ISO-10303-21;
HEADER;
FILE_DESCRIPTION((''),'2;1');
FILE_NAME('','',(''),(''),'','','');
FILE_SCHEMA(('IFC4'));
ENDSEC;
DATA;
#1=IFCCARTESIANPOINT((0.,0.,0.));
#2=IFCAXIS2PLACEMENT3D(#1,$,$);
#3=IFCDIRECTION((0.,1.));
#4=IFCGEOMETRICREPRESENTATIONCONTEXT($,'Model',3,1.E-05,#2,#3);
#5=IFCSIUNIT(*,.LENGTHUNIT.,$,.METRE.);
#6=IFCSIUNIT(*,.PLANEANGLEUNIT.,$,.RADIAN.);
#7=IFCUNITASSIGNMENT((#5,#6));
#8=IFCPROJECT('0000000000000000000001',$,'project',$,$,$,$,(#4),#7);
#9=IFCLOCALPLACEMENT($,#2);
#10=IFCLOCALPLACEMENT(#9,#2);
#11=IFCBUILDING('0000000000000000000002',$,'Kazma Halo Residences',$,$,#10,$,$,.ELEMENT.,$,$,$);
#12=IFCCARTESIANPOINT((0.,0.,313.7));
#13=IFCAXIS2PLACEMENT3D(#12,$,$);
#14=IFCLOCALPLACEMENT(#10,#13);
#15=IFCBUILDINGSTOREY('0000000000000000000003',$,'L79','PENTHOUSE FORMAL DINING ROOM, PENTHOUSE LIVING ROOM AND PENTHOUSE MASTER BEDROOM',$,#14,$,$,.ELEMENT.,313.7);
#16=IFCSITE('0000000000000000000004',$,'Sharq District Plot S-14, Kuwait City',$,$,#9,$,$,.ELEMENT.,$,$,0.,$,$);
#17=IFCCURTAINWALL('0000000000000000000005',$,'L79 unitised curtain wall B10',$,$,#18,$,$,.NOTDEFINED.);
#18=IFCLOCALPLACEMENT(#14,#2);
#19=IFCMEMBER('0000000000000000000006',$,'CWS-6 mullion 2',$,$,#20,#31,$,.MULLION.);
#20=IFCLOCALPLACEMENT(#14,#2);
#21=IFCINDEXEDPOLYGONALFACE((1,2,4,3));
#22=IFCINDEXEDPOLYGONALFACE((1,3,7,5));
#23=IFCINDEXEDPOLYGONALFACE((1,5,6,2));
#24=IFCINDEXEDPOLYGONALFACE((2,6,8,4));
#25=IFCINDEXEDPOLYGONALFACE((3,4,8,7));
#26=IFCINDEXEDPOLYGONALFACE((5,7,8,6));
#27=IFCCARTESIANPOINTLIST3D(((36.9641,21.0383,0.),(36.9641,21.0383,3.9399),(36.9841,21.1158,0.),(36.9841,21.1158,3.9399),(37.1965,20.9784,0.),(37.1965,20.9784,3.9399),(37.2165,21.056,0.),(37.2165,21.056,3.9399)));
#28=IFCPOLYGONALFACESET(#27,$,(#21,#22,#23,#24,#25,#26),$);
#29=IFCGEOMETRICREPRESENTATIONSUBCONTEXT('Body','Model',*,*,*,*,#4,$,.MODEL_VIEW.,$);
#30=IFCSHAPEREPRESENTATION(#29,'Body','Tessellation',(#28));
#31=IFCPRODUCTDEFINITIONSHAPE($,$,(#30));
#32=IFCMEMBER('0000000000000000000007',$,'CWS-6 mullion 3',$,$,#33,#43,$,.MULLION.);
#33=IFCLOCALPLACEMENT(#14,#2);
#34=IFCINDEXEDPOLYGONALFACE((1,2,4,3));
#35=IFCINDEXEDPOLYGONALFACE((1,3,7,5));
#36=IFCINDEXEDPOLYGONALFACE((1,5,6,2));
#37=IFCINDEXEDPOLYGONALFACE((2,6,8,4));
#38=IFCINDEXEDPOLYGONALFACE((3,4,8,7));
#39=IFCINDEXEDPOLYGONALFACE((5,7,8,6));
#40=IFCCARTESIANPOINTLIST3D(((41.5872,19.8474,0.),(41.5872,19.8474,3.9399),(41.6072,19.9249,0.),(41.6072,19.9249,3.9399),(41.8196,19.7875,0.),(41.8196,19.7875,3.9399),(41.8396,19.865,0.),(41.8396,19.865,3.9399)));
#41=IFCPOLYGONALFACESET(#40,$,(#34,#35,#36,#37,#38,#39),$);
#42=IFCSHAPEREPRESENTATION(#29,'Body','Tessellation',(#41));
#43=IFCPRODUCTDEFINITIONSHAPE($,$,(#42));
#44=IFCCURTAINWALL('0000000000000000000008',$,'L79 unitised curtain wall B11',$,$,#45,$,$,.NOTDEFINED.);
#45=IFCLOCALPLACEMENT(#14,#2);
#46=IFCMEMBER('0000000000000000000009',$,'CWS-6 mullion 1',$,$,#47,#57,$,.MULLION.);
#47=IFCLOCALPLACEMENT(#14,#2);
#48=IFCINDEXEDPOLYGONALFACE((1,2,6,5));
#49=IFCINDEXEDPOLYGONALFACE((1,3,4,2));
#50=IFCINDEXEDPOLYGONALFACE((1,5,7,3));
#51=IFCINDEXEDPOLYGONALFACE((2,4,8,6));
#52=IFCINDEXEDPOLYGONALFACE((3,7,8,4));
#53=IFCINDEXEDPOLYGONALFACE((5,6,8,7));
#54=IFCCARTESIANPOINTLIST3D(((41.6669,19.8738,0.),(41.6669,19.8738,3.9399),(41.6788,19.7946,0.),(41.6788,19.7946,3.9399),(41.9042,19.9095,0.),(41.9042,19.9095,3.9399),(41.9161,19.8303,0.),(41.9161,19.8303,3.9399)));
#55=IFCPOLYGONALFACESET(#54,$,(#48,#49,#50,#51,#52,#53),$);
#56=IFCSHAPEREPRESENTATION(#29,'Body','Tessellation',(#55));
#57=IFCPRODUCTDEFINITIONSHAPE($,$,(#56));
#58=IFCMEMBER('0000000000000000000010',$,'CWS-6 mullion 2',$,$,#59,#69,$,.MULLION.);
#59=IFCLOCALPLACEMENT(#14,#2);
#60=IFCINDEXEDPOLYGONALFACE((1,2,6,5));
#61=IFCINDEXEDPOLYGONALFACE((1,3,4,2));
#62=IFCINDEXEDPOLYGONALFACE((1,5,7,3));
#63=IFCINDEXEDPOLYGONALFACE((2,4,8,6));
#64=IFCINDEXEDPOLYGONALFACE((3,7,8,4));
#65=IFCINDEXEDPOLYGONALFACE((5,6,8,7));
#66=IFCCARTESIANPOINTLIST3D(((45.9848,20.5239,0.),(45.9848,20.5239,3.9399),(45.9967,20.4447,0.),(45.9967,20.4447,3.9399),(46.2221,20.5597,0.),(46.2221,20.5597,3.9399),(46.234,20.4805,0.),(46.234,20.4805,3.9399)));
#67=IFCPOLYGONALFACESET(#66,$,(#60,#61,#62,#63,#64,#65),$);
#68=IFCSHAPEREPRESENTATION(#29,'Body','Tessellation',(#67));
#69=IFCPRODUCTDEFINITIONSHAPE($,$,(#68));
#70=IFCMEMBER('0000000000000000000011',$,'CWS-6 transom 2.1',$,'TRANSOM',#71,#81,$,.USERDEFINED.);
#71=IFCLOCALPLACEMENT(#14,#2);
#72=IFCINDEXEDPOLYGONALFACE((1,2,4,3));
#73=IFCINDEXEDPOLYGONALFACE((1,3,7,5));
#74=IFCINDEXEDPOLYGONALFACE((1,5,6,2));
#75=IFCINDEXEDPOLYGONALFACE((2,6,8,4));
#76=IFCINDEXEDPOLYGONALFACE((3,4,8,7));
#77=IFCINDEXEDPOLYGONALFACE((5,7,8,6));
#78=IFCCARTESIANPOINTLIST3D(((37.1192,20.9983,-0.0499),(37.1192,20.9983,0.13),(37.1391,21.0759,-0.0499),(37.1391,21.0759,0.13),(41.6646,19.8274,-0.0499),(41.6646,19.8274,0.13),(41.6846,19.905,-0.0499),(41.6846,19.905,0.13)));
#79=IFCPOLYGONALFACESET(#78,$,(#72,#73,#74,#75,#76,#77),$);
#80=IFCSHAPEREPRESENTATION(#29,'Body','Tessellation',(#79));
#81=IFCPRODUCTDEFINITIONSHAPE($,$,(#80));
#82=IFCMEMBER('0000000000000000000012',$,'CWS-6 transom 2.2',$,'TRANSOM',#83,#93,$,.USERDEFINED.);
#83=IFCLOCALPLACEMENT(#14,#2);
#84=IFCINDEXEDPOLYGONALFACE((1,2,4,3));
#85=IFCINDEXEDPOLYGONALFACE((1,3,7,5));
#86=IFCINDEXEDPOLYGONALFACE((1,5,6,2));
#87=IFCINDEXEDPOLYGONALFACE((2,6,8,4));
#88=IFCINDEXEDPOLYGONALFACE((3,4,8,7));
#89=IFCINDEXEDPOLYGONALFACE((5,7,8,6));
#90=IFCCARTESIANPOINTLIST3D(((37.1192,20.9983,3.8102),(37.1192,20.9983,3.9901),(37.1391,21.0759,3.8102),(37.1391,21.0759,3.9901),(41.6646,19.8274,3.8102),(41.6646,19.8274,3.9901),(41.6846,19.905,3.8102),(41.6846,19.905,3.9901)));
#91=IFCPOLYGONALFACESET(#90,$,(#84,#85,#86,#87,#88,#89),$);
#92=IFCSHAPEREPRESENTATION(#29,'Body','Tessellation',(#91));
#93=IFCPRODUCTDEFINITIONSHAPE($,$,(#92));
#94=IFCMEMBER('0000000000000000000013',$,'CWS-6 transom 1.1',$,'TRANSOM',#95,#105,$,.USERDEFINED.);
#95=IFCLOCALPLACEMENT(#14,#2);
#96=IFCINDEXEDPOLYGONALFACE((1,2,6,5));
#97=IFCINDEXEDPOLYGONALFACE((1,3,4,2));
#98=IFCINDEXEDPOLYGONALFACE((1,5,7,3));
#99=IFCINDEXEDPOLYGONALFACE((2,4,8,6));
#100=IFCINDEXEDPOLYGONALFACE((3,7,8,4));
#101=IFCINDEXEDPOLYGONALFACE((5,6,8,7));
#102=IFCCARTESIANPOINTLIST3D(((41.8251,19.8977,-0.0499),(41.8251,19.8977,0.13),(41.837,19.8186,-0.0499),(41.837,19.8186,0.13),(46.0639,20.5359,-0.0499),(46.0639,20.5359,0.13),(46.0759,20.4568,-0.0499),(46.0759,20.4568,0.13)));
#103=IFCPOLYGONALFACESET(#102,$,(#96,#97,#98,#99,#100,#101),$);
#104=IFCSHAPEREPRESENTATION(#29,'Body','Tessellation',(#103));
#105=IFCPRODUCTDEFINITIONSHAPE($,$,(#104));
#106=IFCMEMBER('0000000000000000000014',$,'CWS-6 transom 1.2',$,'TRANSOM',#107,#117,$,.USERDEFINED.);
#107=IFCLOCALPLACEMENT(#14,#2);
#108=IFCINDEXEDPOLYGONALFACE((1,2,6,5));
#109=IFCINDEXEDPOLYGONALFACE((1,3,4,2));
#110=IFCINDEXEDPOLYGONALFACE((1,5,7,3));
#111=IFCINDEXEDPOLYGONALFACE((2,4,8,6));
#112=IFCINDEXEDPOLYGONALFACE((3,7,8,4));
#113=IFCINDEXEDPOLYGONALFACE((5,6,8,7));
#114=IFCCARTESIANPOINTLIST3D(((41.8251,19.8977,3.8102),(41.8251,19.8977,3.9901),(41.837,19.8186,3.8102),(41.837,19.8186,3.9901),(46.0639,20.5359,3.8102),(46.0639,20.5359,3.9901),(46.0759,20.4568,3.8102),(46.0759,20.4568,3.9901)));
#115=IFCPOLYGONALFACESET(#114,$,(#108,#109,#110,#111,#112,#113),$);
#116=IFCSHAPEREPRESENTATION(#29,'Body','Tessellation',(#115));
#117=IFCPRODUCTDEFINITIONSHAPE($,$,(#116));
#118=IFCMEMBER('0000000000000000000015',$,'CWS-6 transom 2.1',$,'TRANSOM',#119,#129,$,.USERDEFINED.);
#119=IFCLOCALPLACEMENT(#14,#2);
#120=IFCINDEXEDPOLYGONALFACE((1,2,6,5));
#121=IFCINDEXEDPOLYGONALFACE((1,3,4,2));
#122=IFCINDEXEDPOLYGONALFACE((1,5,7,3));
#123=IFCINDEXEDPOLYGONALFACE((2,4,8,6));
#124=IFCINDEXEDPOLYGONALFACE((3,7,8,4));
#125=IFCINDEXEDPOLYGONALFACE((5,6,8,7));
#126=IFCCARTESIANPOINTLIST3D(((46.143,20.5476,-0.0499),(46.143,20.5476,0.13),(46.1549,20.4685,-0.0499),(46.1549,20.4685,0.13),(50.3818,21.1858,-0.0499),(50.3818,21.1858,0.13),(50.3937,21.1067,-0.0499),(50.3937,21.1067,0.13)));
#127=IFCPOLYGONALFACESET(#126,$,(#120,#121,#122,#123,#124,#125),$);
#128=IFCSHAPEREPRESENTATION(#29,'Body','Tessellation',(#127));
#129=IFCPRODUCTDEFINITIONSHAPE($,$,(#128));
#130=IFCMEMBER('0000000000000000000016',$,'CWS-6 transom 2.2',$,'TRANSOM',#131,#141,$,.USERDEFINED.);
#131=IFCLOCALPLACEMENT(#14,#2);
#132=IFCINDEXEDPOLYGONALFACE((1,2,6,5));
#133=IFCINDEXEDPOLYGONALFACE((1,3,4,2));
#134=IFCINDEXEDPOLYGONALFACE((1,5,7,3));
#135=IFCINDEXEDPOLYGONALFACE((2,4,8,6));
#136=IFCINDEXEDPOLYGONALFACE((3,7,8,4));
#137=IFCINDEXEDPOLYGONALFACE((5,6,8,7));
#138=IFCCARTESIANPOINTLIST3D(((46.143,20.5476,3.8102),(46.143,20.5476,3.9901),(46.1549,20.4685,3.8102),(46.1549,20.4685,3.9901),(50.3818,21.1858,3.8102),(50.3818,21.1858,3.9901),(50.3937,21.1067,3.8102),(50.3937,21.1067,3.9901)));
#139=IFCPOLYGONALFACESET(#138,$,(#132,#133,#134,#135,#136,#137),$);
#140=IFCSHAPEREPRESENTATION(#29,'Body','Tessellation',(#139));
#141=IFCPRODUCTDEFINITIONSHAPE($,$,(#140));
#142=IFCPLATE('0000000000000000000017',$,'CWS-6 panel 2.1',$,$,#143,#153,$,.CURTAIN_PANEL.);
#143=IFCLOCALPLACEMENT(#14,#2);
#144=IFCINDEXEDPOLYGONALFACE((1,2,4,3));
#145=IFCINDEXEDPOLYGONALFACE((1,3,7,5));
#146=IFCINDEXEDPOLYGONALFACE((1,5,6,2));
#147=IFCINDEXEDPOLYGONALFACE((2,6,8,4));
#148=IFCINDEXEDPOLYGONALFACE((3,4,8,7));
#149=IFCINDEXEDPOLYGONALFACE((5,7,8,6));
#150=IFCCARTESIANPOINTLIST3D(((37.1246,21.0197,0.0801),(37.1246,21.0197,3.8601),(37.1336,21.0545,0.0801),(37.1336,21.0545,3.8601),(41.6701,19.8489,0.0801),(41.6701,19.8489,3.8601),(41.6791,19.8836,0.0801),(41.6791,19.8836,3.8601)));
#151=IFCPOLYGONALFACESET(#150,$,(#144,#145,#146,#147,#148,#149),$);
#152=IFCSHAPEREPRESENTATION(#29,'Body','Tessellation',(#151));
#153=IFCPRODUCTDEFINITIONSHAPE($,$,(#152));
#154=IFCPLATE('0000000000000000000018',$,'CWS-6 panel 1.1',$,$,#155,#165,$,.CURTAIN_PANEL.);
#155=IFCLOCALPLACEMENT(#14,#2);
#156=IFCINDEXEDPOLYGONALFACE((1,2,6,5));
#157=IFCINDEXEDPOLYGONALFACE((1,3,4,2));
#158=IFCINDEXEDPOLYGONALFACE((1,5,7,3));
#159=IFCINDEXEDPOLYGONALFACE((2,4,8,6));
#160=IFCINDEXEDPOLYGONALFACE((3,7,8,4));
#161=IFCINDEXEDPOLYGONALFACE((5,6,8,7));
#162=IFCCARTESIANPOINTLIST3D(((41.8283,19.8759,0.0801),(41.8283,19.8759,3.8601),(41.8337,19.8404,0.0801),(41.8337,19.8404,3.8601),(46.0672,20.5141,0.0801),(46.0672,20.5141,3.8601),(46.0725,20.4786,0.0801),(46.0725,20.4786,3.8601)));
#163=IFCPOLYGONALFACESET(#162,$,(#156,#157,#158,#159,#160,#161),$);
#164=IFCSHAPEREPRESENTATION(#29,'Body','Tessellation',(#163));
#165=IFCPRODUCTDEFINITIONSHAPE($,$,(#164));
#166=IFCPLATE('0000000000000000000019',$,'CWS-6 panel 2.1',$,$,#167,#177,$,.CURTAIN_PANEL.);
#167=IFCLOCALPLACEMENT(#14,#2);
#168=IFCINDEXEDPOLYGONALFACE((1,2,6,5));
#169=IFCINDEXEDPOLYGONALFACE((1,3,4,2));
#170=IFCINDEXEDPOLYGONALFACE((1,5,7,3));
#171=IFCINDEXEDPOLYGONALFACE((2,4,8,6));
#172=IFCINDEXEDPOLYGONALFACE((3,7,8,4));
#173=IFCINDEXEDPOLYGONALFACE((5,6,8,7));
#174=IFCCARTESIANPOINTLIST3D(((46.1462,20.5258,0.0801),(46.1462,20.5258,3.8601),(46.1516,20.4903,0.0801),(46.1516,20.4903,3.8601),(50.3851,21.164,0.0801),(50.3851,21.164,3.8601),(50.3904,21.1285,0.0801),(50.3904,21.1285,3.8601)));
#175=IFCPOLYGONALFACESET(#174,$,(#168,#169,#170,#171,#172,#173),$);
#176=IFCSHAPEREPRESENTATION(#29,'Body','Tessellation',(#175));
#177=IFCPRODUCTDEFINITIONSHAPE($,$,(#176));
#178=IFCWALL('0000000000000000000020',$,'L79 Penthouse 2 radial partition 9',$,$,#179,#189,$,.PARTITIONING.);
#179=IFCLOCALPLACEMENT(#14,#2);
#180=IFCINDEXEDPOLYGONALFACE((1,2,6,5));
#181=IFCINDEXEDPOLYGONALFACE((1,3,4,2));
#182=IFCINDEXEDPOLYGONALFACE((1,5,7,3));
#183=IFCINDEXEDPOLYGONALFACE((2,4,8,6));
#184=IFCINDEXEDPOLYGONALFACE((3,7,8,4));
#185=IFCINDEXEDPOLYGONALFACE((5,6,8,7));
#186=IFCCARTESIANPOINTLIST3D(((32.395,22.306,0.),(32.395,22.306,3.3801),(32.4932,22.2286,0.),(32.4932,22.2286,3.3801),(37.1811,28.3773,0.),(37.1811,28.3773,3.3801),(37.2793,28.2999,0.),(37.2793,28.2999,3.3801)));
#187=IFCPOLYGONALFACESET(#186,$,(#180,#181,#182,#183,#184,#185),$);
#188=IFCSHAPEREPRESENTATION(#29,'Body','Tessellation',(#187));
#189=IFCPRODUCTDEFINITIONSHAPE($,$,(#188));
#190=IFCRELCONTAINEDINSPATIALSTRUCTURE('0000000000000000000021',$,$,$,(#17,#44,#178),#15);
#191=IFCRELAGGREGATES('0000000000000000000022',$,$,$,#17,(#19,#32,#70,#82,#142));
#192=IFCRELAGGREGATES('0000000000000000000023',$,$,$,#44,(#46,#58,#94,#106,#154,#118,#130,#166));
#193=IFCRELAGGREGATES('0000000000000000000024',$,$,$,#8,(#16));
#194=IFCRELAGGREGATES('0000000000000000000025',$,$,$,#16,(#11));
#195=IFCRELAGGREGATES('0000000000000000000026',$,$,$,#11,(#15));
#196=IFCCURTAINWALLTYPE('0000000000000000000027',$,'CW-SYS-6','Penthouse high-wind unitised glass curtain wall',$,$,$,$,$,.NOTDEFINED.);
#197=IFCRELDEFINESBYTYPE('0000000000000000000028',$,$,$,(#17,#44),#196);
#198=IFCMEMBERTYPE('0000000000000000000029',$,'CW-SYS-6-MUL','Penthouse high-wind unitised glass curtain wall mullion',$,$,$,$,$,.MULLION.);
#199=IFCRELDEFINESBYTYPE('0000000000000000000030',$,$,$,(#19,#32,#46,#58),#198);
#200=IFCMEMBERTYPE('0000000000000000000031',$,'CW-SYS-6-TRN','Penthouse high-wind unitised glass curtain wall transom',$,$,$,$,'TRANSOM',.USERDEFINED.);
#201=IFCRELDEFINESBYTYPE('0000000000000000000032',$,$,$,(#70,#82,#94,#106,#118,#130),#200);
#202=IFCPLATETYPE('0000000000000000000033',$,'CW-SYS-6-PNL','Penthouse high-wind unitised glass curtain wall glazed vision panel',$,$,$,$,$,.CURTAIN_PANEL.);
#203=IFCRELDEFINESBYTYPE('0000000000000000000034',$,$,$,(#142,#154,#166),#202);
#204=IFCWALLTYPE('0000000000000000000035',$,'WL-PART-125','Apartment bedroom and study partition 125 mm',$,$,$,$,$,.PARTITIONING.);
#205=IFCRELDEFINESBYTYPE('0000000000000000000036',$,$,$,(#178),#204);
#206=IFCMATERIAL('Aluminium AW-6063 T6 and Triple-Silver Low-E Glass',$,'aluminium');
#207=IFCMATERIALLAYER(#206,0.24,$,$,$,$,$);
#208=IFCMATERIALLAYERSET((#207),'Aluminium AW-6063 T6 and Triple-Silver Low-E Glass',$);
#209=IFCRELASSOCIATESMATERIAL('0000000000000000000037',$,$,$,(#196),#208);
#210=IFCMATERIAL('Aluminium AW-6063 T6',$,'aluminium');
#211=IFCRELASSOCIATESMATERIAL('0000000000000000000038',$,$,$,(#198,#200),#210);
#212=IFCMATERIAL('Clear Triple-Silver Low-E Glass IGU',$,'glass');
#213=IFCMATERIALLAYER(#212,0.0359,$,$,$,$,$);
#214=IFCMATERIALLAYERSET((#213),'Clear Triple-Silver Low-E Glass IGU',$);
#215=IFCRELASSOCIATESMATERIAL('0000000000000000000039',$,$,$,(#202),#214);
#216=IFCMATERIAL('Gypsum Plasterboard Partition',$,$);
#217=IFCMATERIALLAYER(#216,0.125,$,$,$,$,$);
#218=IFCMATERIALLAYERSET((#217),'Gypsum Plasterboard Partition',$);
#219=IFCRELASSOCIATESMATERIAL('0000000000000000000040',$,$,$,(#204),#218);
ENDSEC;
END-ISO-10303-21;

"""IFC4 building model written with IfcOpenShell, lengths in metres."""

from ifc_helpers import new_model, si_unit, direction, frame, frame_2d, origin, origin_2d, place, context, subcontext, project, spatial, rectangle, extrude, material, layer, layer_set, material_profile, profile_set, type_object, element, aggregate, save


model = new_model("IFC4")

# Units and contexts
model_context = context("Model", 3, precision=1e-05, world=origin(), true_north=direction((0.0, 1.0)))
body_context = subcontext(model_context, "Body", "Model", "MODEL_VIEW")
ifc_project = project(units=[si_unit("LENGTHUNIT", "METRE"), si_unit("PLANEANGLEUNIT", "RADIAN")], contexts=[model_context])

# Site, building, storey
site_placement = place(None, origin())
site = spatial("IfcSite", under=ifc_project, at=site_placement, Name="Sharq District Plot S-14, Kuwait City", CompositionType="ELEMENT", RefElevation=0.0)
building_placement = place(site_placement, origin())
building = spatial("IfcBuilding", under=site, at=building_placement, Name="Kazma Halo Residences", CompositionType="ELEMENT")
storey_placement = place(building_placement, frame((0.0, 0.0, 313.7)))
storey = spatial("IfcBuildingStorey", under=building, at=storey_placement, Name="L79", Description="PENTHOUSE FORMAL DINING ROOM, PENTHOUSE LIVING ROOM AND PENTHOUSE MASTER BEDROOM", CompositionType="ELEMENT", Elevation=313.7)

# Curtain walls, members
ifc_material_1 = material(Name="Aluminium AW-6063 T6 and Triple-Silver Low-E Glass", Category="aluminium")
ifc_layer_1 = layer(ifc_material_1, 0.24)
ifc_layer_set_1 = layer_set([ifc_layer_1], Name="Aluminium AW-6063 T6 and Triple-Silver Low-E Glass")
curtain_wall_type = type_object("IfcCurtainWallType", Name="CW-SYS-6", Description="Penthouse high-wind unitised glass curtain wall", PredefinedType="NOTDEFINED", material=ifc_layer_set_1)
curtain_wall_1_placement = place(storey_placement, origin())
curtain_wall_1 = element("IfcCurtainWall", 1, at=curtain_wall_1_placement, inside=storey, type_object=curtain_wall_type, Name="L79 unitised curtain wall B10", PredefinedType="NOTDEFINED")
ifc_material_2 = material(Name="Aluminium AW-6063 T6", Category="aluminium")
ifc_material_profile_1 = material_profile(ifc_material_2, rectangle(XDim=0.0801, YDim=0.24, at=origin_2d()), Name="CWM-80x240")
ifc_profile_set_1 = profile_set([ifc_material_profile_1], Name="Aluminium AW-6063 T6")
member_type_1 = type_object("IfcMemberType", Name="CW-SYS-6-MUL", Description="Penthouse high-wind unitised glass curtain wall mullion", PredefinedType="MULLION", material=ifc_profile_set_1)
member_1_placement = place(storey_placement, frame((37.0903, 21.0471, 0.0), z_axis=(0.0, 0.0, 1.0), x_axis=(0.249446, 0.968389, 0.0)))
member_1 = element("IfcMember", 2, at=member_1_placement, type_object=member_type_1, Name="CWS-6 mullion 2", PredefinedType="MULLION", context=body_context, shape_type="SweptSolid", body=[
    extrude(rectangle(XDim=0.0801, YDim=0.24, at=origin_2d()), origin(), (0.0, 0.0, 1.0), 3.9399),
])
member_2_placement = place(storey_placement, frame((41.7134, 19.8562, 0.0), z_axis=(0.0, 0.0, 1.0), x_axis=(0.249446, 0.968389, 0.0)))
member_2 = element("IfcMember", 3, at=member_2_placement, type_object=member_type_1, Name="CWS-6 mullion 3", PredefinedType="MULLION", context=body_context, shape_type="SweptSolid", body=[
    extrude(rectangle(XDim=0.0801, YDim=0.24, at=origin_2d()), origin(), (0.0, 0.0, 1.0), 3.9399),
])
curtain_wall_2_placement = place(storey_placement, origin())
curtain_wall_2 = element("IfcCurtainWall", 4, at=curtain_wall_2_placement, inside=storey, type_object=curtain_wall_type, Name="L79 unitised curtain wall B11", PredefinedType="NOTDEFINED")
member_3_placement = place(storey_placement, frame((41.7915, 19.8521, 0.0), z_axis=(0.0, 0.0, 1.0), x_axis=(-0.148871, 0.988857, 0.0)))
member_3 = element("IfcMember", 5, at=member_3_placement, type_object=member_type_1, Name="CWS-6 mullion 1", PredefinedType="MULLION", context=body_context, shape_type="SweptSolid", body=[
    extrude(rectangle(XDim=0.0801, YDim=0.24, at=origin_2d()), origin(), (0.0, 0.0, 1.0), 3.9399),
])
member_4_placement = place(storey_placement, frame((46.1094, 20.5022, 0.0), z_axis=(0.0, 0.0, 1.0), x_axis=(-0.148871, 0.988857, 0.0)))
member_4 = element("IfcMember", 6, at=member_4_placement, type_object=member_type_1, Name="CWS-6 mullion 2", PredefinedType="MULLION", context=body_context, shape_type="SweptSolid", body=[
    extrude(rectangle(XDim=0.0801, YDim=0.24, at=origin_2d()), origin(), (0.0, 0.0, 1.0), 3.9399),
])

# Members
ifc_material_profile_2 = material_profile(ifc_material_2, rectangle(XDim=0.0801, YDim=0.1799, at=origin_2d()), Name="CWT-80x180")
ifc_profile_set_2 = profile_set([ifc_material_profile_2], Name="Aluminium AW-6063 T6")
member_type_2 = type_object("IfcMemberType", Name="CW-SYS-6-TRN", Description="Penthouse high-wind unitised glass curtain wall transom", ElementType="TRANSOM", PredefinedType="USERDEFINED", material=ifc_profile_set_2)
member_5_placement = place(storey_placement, frame((37.1292, 21.0371, 0.04), z_axis=(0.968386, -0.249456, 0.0), x_axis=(0.249456, 0.968386, 0.0)))
member_5 = element("IfcMember", 7, at=member_5_placement, type_object=member_type_2, Name="CWS-6 transom 2.1", ObjectType="TRANSOM", PredefinedType="USERDEFINED", context=body_context, shape_type="SweptSolid", body=[
    extrude(rectangle(XDim=0.0801, YDim=0.1799, at=origin_2d()), origin(), (0.0, 0.0, 1.0), 4.6938),
])
member_6_placement = place(storey_placement, frame((37.1292, 21.0371, 3.9001), z_axis=(0.968386, -0.249456, 0.0), x_axis=(0.249456, 0.968386, 0.0)))
member_6 = element("IfcMember", 8, at=member_6_placement, type_object=member_type_2, Name="CWS-6 transom 2.2", ObjectType="TRANSOM", PredefinedType="USERDEFINED", context=body_context, shape_type="SweptSolid", body=[
    extrude(rectangle(XDim=0.0801, YDim=0.1799, at=origin_2d()), origin(), (0.0, 0.0, 1.0), 4.6938),
])
member_7_placement = place(storey_placement, frame((41.8311, 19.8582, 0.04), z_axis=(0.988855, 0.148881, 0.0), x_axis=(-0.148881, 0.988855, 0.0)))
member_7 = element("IfcMember", 9, at=member_7_placement, type_object=member_type_2, Name="CWS-6 transom 1.1", ObjectType="TRANSOM", PredefinedType="USERDEFINED", context=body_context, shape_type="SweptSolid", body=[
    extrude(rectangle(XDim=0.0801, YDim=0.1799, at=origin_2d()), origin(), (0.0, 0.0, 1.0), 4.2866),
])
member_8_placement = place(storey_placement, frame((41.8311, 19.8582, 3.9001), z_axis=(0.988855, 0.148881, 0.0), x_axis=(-0.148881, 0.988855, 0.0)))
member_8 = element("IfcMember", 10, at=member_8_placement, type_object=member_type_2, Name="CWS-6 transom 1.2", ObjectType="TRANSOM", PredefinedType="USERDEFINED", context=body_context, shape_type="SweptSolid", body=[
    extrude(rectangle(XDim=0.0801, YDim=0.1799, at=origin_2d()), origin(), (0.0, 0.0, 1.0), 4.2866),
])
member_9_placement = place(storey_placement, frame((46.1489, 20.5081, 0.04), z_axis=(0.988855, 0.148881, 0.0), x_axis=(-0.148881, 0.988855, 0.0)))
member_9 = element("IfcMember", 11, at=member_9_placement, type_object=member_type_2, Name="CWS-6 transom 2.1", ObjectType="TRANSOM", PredefinedType="USERDEFINED", context=body_context, shape_type="SweptSolid", body=[
    extrude(rectangle(XDim=0.0801, YDim=0.1799, at=origin_2d()), origin(), (0.0, 0.0, 1.0), 4.2866),
])
member_10_placement = place(storey_placement, frame((46.1489, 20.5081, 3.9001), z_axis=(0.988855, 0.148881, 0.0), x_axis=(-0.148881, 0.988855, 0.0)))
member_10 = element("IfcMember", 12, at=member_10_placement, type_object=member_type_2, Name="CWS-6 transom 2.2", ObjectType="TRANSOM", PredefinedType="USERDEFINED", context=body_context, shape_type="SweptSolid", body=[
    extrude(rectangle(XDim=0.0801, YDim=0.1799, at=origin_2d()), origin(), (0.0, 0.0, 1.0), 4.2866),
])

# Plates
ifc_material_3 = material(Name="Clear Triple-Silver Low-E Glass IGU", Category="glass")
ifc_layer_2 = layer(ifc_material_3, 0.0359)
ifc_layer_set_2 = layer_set([ifc_layer_2], Name="Clear Triple-Silver Low-E Glass IGU")
plate_type = type_object("IfcPlateType", Name="CW-SYS-6-PNL", Description="Penthouse high-wind unitised glass curtain wall glazed vision panel", PredefinedType="CURTAIN_PANEL", material=ifc_layer_set_2)
plate_1_placement = place(storey_placement, frame((39.4019, 20.4517, 0.0801), z_axis=(0.0, 0.0, 1.0), x_axis=(0.968389, -0.249446, 0.0)))
plate_1 = element("IfcPlate", 13, at=plate_1_placement, type_object=plate_type, Name="CWS-6 panel 2.1", PredefinedType="CURTAIN_PANEL", context=body_context, shape_type="SweptSolid", body=[
    extrude(rectangle(XDim=4.6938, YDim=0.0359, at=origin_2d()), origin(), (0.0, 0.0, 1.0), 3.78),
])
aggregate(curtain_wall_1, [member_1, member_2, member_5, member_6, plate_1])
plate_2_placement = place(storey_placement, frame((43.9504, 20.1772, 0.0801), z_axis=(0.0, 0.0, 1.0), x_axis=(0.988857, 0.148871, 0.0)))
plate_2 = element("IfcPlate", 14, at=plate_2_placement, type_object=plate_type, Name="CWS-6 panel 1.1", PredefinedType="CURTAIN_PANEL", context=body_context, shape_type="SweptSolid", body=[
    extrude(rectangle(XDim=4.2866, YDim=0.0359, at=origin_2d()), origin(), (0.0, 0.0, 1.0), 3.78),
])
plate_3_placement = place(storey_placement, frame((48.2683, 20.8271, 0.0801), z_axis=(0.0, 0.0, 1.0), x_axis=(0.988857, 0.148871, 0.0)))
plate_3 = element("IfcPlate", 15, at=plate_3_placement, type_object=plate_type, Name="CWS-6 panel 2.1", PredefinedType="CURTAIN_PANEL", context=body_context, shape_type="SweptSolid", body=[
    extrude(rectangle(XDim=4.2866, YDim=0.0359, at=origin_2d()), origin(), (0.0, 0.0, 1.0), 3.78),
])
aggregate(curtain_wall_2, [member_3, member_4, member_7, member_8, plate_2, member_9, member_10, plate_3])

# Wall
ifc_material_4 = material(Name="Gypsum Plasterboard Partition")
ifc_layer_3 = layer(ifc_material_4, 0.125)
ifc_layer_set_3 = layer_set([ifc_layer_3], Name="Gypsum Plasterboard Partition")
wall_type_1 = type_object("IfcWallType", Name="WL-PART-125", Description="Apartment bedroom and study partition 125 mm", PredefinedType="PARTITIONING", material=ifc_layer_set_3)
wall_1_placement = place(storey_placement, frame((37.2302, 28.3386, 0.0), z_axis=(0.0, 0.0, 1.0), x_axis=(-0.619087, -0.785322, 0.0)))
element("IfcWall", 16, at=wall_1_placement, inside=storey, type_object=wall_type_1, Name="L79 Penthouse 2 radial partition 9", PredefinedType="PARTITIONING", context=body_context, shape_type="SweptSolid", body=[
    extrude(rectangle(XDim=7.731, YDim=0.125, at=frame_2d((3.8655, 0.0))), origin(), (0.0, 0.0, 1.0), 3.3801),
])

save(model, "model.ifc")
